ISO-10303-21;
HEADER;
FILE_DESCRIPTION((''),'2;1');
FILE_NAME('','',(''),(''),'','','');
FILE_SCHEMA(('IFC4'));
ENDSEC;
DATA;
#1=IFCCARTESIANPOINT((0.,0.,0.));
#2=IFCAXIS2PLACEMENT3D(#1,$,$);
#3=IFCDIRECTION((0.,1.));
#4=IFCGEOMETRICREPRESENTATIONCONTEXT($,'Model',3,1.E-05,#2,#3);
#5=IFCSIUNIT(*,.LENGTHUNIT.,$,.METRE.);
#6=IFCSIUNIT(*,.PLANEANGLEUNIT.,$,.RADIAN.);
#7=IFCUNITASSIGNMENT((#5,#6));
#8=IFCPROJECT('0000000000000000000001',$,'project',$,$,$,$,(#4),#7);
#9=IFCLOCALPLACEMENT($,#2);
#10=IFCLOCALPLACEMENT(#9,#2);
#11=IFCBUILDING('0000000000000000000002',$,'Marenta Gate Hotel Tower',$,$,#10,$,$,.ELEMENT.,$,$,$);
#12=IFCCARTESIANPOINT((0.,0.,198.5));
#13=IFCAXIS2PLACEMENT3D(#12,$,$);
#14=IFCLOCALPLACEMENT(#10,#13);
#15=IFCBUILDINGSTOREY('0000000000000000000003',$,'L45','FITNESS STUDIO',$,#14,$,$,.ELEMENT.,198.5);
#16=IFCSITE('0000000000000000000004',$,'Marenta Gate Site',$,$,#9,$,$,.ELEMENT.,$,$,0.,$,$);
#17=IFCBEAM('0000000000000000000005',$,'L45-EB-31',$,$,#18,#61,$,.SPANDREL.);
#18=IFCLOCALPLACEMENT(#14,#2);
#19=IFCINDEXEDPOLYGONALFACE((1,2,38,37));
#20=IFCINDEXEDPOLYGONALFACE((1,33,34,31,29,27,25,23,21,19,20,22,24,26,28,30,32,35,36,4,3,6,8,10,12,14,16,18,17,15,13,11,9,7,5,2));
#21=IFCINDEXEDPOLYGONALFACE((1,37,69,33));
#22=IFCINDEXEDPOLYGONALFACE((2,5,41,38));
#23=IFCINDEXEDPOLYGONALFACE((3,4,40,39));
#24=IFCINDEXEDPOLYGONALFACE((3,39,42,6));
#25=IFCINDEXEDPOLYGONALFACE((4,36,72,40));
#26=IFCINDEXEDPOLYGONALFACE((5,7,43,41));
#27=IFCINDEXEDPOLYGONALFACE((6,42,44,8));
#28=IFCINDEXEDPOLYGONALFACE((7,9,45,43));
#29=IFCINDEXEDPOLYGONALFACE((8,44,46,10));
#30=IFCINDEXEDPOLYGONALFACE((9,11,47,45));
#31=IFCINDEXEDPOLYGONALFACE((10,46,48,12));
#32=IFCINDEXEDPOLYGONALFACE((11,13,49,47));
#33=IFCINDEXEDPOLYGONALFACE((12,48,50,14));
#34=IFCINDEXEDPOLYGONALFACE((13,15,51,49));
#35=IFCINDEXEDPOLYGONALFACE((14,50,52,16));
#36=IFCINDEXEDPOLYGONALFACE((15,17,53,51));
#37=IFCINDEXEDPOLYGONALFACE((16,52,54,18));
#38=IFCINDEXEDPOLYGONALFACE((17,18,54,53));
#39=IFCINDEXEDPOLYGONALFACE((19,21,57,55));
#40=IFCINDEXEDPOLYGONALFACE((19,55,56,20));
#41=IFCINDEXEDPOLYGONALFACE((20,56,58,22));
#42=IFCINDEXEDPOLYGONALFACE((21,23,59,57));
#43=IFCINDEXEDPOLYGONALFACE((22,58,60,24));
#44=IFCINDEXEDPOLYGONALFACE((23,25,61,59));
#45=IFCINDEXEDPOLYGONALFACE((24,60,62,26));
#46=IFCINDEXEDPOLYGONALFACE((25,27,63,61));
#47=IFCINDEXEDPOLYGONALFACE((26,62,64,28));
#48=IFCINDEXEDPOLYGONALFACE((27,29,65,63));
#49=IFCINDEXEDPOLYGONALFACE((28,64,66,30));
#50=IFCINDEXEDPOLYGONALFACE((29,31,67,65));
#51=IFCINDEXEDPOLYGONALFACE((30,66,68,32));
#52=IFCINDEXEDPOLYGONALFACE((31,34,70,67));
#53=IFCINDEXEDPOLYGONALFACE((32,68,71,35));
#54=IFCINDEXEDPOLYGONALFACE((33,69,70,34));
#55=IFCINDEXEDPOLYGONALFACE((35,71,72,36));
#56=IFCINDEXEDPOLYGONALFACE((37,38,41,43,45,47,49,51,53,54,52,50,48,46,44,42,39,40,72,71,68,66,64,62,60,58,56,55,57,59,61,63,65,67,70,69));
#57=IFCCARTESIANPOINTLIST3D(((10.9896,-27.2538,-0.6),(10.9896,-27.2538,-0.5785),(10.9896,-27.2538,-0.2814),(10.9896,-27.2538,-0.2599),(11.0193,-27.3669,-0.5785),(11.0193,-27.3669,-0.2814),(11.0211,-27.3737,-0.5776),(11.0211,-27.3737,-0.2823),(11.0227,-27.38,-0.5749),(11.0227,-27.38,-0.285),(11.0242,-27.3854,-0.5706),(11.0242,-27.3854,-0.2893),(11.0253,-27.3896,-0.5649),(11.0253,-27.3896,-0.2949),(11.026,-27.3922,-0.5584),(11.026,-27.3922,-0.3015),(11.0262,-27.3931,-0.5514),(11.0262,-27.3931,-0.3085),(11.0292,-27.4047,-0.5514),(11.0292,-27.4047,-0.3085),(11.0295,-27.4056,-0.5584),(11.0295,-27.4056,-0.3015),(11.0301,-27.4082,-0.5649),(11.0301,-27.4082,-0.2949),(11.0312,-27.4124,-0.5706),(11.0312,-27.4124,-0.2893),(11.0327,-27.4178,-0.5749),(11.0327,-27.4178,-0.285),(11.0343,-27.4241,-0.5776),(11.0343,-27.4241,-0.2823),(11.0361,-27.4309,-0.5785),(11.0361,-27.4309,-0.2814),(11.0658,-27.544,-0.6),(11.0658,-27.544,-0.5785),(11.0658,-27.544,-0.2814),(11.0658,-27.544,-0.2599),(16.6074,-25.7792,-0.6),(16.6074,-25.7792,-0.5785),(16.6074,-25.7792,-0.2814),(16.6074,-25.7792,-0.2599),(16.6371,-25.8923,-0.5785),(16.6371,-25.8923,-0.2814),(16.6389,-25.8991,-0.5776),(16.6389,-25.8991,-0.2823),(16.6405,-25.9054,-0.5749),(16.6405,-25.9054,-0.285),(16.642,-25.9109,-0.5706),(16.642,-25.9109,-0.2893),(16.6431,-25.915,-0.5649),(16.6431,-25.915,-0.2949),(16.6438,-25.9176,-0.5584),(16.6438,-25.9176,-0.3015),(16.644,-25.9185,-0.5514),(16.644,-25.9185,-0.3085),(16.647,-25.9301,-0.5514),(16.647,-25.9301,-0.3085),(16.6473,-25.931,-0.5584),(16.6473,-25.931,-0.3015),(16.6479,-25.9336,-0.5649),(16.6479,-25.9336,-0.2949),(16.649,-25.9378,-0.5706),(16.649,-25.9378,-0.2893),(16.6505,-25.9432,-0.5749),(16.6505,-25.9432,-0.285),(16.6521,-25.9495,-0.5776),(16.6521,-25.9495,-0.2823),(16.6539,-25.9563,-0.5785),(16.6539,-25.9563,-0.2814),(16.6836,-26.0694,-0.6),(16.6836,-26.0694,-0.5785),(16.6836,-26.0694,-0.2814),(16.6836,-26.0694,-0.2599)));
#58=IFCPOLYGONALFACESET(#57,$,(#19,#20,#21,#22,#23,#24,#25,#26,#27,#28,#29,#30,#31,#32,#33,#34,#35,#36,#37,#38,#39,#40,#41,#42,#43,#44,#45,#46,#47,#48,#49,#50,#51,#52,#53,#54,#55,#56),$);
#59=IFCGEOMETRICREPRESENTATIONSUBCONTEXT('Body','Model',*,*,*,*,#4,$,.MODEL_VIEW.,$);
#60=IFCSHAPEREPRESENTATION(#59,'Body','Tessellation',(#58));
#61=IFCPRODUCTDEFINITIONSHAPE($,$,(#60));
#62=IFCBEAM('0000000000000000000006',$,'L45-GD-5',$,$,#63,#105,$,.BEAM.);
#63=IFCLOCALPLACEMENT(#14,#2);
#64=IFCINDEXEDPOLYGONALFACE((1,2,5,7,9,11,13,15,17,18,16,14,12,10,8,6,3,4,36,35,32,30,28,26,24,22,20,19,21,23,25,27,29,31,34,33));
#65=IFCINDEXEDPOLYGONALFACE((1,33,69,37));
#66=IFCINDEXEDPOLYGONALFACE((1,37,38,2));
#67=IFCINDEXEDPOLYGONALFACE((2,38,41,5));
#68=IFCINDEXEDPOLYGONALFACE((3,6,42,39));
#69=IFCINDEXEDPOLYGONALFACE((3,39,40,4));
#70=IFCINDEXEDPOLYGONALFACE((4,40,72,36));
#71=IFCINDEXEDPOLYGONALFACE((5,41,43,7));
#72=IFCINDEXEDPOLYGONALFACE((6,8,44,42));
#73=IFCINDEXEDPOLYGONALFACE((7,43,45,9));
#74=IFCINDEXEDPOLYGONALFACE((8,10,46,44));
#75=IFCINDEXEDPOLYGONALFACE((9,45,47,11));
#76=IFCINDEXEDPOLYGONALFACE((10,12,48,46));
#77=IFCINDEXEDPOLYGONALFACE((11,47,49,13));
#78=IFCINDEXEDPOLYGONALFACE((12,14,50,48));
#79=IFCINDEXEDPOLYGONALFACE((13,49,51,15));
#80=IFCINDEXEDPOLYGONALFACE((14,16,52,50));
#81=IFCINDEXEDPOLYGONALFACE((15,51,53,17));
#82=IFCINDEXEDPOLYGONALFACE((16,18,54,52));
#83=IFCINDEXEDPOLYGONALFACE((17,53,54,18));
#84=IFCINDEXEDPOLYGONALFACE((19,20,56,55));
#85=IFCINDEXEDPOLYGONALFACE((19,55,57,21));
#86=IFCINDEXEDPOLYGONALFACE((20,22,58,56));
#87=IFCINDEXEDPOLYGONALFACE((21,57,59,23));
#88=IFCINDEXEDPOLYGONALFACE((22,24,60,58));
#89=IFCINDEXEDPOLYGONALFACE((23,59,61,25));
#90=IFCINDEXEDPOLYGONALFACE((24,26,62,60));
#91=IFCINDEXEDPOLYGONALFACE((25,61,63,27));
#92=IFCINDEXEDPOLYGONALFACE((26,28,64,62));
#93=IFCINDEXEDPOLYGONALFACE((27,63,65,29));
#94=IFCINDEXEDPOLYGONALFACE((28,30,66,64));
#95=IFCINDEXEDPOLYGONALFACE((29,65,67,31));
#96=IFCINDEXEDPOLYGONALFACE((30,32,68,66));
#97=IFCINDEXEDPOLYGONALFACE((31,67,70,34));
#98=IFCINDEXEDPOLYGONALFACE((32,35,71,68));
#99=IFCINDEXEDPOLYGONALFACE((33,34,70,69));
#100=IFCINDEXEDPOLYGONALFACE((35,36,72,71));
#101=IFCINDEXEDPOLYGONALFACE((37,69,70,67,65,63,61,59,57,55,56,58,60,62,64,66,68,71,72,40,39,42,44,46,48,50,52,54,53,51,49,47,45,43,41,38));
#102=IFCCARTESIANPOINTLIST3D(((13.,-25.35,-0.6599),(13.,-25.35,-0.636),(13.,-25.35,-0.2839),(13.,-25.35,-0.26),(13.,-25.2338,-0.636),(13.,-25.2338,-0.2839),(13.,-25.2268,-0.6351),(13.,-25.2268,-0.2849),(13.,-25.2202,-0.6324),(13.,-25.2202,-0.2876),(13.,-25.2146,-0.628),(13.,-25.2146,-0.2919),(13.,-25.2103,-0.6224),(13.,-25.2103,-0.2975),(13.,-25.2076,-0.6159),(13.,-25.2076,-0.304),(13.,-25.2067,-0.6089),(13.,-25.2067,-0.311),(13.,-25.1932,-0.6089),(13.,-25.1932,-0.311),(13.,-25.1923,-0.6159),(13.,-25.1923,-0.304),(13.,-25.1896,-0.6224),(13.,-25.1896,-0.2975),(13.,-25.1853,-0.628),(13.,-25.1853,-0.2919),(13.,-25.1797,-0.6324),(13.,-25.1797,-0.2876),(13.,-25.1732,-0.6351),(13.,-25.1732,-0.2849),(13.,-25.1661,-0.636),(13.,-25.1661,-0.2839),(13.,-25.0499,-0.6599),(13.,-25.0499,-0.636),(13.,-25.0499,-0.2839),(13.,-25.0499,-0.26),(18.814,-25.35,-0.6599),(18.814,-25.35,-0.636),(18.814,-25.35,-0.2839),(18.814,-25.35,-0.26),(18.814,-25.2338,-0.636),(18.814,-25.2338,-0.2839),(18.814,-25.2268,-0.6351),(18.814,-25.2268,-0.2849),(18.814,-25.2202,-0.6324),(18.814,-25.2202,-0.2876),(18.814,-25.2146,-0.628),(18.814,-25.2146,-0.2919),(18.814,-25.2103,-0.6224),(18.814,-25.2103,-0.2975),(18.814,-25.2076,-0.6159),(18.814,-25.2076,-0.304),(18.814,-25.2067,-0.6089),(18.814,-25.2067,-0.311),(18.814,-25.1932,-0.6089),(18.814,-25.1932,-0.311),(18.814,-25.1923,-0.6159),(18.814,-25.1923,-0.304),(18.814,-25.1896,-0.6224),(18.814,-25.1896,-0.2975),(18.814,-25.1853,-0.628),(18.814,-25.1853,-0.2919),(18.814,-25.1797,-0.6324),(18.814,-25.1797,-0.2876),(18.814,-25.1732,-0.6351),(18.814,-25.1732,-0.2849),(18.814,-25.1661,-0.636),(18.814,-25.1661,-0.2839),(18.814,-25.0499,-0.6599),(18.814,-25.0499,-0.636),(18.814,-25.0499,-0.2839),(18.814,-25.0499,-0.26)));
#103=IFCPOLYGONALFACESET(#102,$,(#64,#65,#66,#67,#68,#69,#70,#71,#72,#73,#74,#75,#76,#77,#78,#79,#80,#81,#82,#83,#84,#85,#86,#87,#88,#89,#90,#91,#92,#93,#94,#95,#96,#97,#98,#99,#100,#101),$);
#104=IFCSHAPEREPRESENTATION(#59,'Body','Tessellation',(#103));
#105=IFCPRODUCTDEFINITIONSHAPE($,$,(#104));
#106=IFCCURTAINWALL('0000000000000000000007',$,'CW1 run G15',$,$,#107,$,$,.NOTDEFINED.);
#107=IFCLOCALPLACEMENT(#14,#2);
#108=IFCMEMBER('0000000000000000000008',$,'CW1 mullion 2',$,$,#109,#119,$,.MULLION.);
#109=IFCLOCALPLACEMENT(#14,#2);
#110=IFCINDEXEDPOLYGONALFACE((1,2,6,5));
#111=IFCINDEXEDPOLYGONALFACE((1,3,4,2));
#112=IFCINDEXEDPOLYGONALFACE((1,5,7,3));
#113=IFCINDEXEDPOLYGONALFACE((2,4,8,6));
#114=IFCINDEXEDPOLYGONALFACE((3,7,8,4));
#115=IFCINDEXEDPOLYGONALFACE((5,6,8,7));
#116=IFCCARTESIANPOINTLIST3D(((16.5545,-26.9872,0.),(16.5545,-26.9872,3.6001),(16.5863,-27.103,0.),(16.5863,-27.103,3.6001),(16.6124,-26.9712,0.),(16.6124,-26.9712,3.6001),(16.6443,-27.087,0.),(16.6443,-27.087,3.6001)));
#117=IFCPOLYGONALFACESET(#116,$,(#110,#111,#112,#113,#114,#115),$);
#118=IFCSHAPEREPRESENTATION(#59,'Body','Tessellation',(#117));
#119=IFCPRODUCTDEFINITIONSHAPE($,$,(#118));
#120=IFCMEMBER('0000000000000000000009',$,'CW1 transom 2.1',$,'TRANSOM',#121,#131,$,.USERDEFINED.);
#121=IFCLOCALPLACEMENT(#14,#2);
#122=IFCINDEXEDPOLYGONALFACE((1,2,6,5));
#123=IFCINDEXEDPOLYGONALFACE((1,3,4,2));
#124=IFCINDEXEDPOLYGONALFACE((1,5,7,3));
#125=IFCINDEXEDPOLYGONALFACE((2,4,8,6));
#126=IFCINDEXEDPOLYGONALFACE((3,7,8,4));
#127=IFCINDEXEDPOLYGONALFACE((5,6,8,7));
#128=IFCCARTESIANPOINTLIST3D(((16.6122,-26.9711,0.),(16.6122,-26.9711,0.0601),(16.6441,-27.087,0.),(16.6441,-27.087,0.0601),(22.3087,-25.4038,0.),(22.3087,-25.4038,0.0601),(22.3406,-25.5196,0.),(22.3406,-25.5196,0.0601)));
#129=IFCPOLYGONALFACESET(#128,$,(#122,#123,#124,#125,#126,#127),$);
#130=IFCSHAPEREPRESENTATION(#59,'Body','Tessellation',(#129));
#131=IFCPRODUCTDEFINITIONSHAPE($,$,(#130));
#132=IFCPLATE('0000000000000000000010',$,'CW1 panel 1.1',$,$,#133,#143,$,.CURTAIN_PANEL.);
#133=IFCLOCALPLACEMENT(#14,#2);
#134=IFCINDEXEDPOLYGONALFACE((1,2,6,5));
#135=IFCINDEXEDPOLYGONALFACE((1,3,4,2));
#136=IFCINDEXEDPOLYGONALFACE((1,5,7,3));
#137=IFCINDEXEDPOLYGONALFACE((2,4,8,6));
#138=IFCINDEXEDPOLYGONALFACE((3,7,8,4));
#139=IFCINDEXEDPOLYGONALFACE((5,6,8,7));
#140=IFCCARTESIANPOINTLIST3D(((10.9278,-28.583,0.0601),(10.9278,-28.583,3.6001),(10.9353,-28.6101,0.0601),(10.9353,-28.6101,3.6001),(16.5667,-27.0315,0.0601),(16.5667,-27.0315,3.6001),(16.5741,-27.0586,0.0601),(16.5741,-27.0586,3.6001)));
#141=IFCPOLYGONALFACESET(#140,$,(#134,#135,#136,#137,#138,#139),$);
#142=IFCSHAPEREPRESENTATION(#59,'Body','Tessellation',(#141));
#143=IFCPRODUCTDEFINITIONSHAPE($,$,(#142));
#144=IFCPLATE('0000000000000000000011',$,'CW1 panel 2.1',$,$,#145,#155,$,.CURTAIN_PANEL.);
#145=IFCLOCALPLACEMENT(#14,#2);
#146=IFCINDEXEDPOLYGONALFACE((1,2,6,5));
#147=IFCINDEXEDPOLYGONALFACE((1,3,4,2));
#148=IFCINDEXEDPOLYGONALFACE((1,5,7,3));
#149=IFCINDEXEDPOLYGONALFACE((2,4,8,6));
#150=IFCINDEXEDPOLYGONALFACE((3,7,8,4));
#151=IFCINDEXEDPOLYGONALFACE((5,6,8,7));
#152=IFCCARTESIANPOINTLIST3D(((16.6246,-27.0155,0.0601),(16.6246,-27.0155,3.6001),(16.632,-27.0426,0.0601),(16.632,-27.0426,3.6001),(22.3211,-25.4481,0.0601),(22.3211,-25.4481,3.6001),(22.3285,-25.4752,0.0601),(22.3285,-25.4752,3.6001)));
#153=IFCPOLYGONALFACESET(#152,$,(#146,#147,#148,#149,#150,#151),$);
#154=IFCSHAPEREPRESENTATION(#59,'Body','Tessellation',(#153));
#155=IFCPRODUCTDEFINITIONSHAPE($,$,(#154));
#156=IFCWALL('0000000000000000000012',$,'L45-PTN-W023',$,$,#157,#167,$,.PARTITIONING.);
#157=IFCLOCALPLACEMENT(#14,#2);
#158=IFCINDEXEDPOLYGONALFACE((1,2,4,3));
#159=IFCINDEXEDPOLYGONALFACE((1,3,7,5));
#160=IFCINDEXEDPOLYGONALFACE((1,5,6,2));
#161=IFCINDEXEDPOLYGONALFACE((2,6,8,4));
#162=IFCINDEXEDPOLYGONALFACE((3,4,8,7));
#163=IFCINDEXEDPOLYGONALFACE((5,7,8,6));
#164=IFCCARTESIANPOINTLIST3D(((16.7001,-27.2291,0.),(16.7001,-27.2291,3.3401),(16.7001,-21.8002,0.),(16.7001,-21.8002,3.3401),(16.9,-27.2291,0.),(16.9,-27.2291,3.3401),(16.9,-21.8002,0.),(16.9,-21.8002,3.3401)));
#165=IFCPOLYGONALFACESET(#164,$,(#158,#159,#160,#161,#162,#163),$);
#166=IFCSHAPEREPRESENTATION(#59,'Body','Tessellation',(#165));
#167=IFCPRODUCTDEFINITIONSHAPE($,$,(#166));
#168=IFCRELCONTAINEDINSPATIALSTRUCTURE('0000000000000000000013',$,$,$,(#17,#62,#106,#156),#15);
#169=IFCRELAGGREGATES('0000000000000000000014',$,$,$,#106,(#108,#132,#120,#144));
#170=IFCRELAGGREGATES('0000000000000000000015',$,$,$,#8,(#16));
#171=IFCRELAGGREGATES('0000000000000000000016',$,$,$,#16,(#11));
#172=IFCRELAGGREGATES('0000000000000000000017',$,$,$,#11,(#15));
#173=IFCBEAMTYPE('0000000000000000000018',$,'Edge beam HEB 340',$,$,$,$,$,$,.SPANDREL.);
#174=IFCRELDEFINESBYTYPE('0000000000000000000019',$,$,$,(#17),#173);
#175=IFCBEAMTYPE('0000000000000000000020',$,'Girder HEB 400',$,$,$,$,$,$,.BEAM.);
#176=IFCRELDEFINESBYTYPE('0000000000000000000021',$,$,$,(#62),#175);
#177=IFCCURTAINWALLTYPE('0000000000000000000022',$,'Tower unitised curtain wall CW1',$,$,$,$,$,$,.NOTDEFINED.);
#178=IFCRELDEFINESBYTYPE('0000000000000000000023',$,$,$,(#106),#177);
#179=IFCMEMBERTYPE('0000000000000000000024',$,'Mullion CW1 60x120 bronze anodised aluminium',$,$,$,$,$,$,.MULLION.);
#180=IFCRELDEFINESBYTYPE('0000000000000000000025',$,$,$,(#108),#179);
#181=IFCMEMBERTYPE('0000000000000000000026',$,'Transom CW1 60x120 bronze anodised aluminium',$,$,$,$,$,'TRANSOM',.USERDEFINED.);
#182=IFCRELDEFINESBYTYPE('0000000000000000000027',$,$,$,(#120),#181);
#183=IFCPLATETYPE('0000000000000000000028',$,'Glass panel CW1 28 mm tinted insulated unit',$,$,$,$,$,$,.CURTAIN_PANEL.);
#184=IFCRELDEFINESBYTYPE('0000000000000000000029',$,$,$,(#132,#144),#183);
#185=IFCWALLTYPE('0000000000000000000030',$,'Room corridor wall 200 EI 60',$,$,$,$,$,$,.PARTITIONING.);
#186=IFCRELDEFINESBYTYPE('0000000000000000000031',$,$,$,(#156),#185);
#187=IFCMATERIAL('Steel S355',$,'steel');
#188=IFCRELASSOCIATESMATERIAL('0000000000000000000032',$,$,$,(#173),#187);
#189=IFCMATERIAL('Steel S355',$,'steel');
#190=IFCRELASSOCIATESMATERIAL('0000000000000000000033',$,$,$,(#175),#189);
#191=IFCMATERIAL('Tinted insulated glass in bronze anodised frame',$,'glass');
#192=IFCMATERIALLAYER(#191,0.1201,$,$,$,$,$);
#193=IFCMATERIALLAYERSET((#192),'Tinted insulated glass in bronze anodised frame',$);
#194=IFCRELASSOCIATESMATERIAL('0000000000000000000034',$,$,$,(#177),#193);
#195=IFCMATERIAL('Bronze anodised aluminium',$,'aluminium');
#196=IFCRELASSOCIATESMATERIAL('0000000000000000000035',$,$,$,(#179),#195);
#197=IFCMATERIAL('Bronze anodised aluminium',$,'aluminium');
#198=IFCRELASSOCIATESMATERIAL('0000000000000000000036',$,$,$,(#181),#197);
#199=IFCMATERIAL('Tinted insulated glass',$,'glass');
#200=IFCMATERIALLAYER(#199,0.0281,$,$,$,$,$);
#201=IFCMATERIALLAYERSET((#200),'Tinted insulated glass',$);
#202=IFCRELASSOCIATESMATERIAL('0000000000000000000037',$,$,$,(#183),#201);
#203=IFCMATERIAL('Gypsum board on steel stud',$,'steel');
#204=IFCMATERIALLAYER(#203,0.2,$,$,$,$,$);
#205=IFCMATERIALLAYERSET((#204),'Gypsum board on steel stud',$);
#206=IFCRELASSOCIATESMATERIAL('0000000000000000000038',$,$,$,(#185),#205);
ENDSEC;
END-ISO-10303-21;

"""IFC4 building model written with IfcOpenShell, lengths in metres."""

from ifc_helpers import new_model, si_unit, direction, frame, frame_2d, origin, origin_2d, place, context, subcontext, project, spatial, rectangle, i_section, extrude, material, layer, layer_set, material_profile, profile_set, type_object, element, aggregate, save


model = new_model("IFC4")

# Units and contexts
model_context = context("Model", 3, precision=1e-05, world=origin(), true_north=direction((0.0, 1.0)))
body_context = subcontext(model_context, "Body", "Model", "MODEL_VIEW")
ifc_project = project(units=[si_unit("LENGTHUNIT", "METRE"), si_unit("PLANEANGLEUNIT", "RADIAN")], contexts=[model_context])

# Site, building, storey
site_placement = place(None, origin())
site = spatial("IfcSite", under=ifc_project, at=site_placement, Name="Marenta Gate Site", CompositionType="ELEMENT", RefElevation=0.0)
building_placement = place(site_placement, origin())
building = spatial("IfcBuilding", under=site, at=building_placement, Name="Marenta Gate Hotel Tower", CompositionType="ELEMENT")
storey_placement = place(building_placement, frame((0.0, 0.0, 198.5)))
storey = spatial("IfcBuildingStorey", under=building, at=storey_placement, Name="L45", Description="FITNESS STUDIO", CompositionType="ELEMENT", Elevation=198.5)

# Beams
ifc_material_1 = material(Name="Steel S355", Category="steel")
ifc_material_profile_1 = material_profile(ifc_material_1, i_section(OverallWidth=0.3, OverallDepth=0.3401, WebThickness=0.012, FlangeThickness=0.0215, FilletRadius=0.0271, at=origin_2d()), Name="HEB 340")
ifc_profile_set_1 = profile_set([ifc_material_profile_1], Name="Steel S355")
beam_type_1 = type_object("IfcBeamType", Name="Edge beam HEB 340", PredefinedType="SPANDREL", material=ifc_profile_set_1)
beam_1_placement = place(storey_placement, frame((16.6455, -25.9243, -0.4299), z_axis=(-0.967235, -0.253883, 0.0), x_axis=(0.253883, -0.967235, 0.0)))
element("IfcBeam", 1, at=beam_1_placement, inside=storey, type_object=beam_type_1, Name="L45-EB-31", PredefinedType="SPANDREL", context=body_context, shape_type="SweptSolid", body=[
    extrude(i_section(OverallWidth=0.3, OverallDepth=0.3401, WebThickness=0.012, FlangeThickness=0.0215, FilletRadius=0.0271, at=origin_2d()), origin(), (0.0, 0.0, 1.0), 5.8081),
])
ifc_material_2 = material(Name="Steel S355", Category="steel")
ifc_material_profile_2 = material_profile(ifc_material_2, i_section(OverallWidth=0.3, OverallDepth=0.3999, WebThickness=0.0134, FlangeThickness=0.0239, FilletRadius=0.0271, at=origin_2d()), Name="HEB 400")
ifc_profile_set_2 = profile_set([ifc_material_profile_2], Name="Steel S355")
beam_type_2 = type_object("IfcBeamType", Name="Girder HEB 400", PredefinedType="BEAM", material=ifc_profile_set_2)
beam_2_placement = place(storey_placement, frame((13.0, -25.2, -0.46), z_axis=(1.0, 0.0, 0.0), x_axis=(0.0, 1.0, 0.0)))
element("IfcBeam", 2, at=beam_2_placement, inside=storey, type_object=beam_type_2, Name="L45-GD-5", PredefinedType="BEAM", context=body_context, shape_type="SweptSolid", body=[
    extrude(i_section(OverallWidth=0.3, OverallDepth=0.3999, WebThickness=0.0134, FlangeThickness=0.0239, FilletRadius=0.0271, at=origin_2d()), origin(), (0.0, 0.0, 1.0), 5.814),
])

# Curtain wall, members, plates
ifc_material_3 = material(Name="Tinted insulated glass in bronze anodised frame", Category="glass")
ifc_layer_1 = layer(ifc_material_3, 0.1201)
ifc_layer_set_1 = layer_set([ifc_layer_1], Name="Tinted insulated glass in bronze anodised frame")
curtain_wall_type = type_object("IfcCurtainWallType", Name="Tower unitised curtain wall CW1", PredefinedType="NOTDEFINED", material=ifc_layer_set_1)
curtain_wall_placement = place(storey_placement, origin())
curtain_wall = element("IfcCurtainWall", 3, at=curtain_wall_placement, inside=storey, type_object=curtain_wall_type, Name="CW1 run G15", PredefinedType="NOTDEFINED")
ifc_material_4 = material(Name="Bronze anodised aluminium", Category="aluminium")
ifc_material_profile_3 = material_profile(ifc_material_4, rectangle(XDim=0.1201, YDim=0.0601, at=origin_2d()), Name="Mullion CW1 60x120 bronze anodised aluminium")
ifc_profile_set_3 = profile_set([ifc_material_profile_3], Name="Bronze anodised aluminium")
member_type_1 = type_object("IfcMemberType", Name="Mullion CW1 60x120 bronze anodised aluminium", PredefinedType="MULLION", material=ifc_profile_set_3)
member_1_placement = place(storey_placement, frame((16.5994, -27.0371, 0.0), z_axis=(0.0, 0.0, 1.0), x_axis=(-0.265293, 0.964168, 0.0)))
member_1 = element("IfcMember", 4, at=member_1_placement, type_object=member_type_1, Name="CW1 mullion 2", PredefinedType="MULLION", context=body_context, shape_type="SweptSolid", body=[
    extrude(rectangle(XDim=0.1201, YDim=0.0601, at=origin_2d()), origin(), (0.0, 0.0, 1.0), 3.6001),
])
ifc_material_5 = material(Name="Bronze anodised aluminium", Category="aluminium")
ifc_material_profile_4 = material_profile(ifc_material_5, rectangle(XDim=0.1201, YDim=0.0601, at=origin_2d()), Name="Transom CW1 60x120 bronze anodised aluminium")
ifc_profile_set_4 = profile_set([ifc_material_profile_4], Name="Bronze anodised aluminium")
member_type_2 = type_object("IfcMemberType", Name="Transom CW1 60x120 bronze anodised aluminium", ElementType="TRANSOM", PredefinedType="USERDEFINED", material=ifc_profile_set_4)
member_2_placement = place(storey_placement, frame((16.6282, -27.0291, 0.03), z_axis=(0.964169, 0.265288, 0.0), x_axis=(-0.265288, 0.964169, 0.0)))
member_2 = element("IfcMember", 5, at=member_2_placement, type_object=member_type_2, Name="CW1 transom 2.1", ObjectType="TRANSOM", PredefinedType="USERDEFINED", context=body_context, shape_type="SweptSolid", body=[
    extrude(rectangle(XDim=0.1201, YDim=0.0601, at=origin_2d()), origin(), (0.0, 0.0, 1.0), 5.9082),
])
ifc_material_6 = material(Name="Tinted insulated glass", Category="glass")
ifc_layer_2 = layer(ifc_material_6, 0.0281)
ifc_layer_set_2 = layer_set([ifc_layer_2], Name="Tinted insulated glass")
plate_type = type_object("IfcPlateType", Name="Glass panel CW1 28 mm tinted insulated unit", PredefinedType="CURTAIN_PANEL", material=ifc_layer_set_2)
plate_1_placement = place(storey_placement, frame((13.751, -27.8208, 0.0601), z_axis=(0.0, 0.0, 1.0), x_axis=(0.964168, 0.265293, 0.0)))
plate_1 = element("IfcPlate", 6, at=plate_1_placement, type_object=plate_type, Name="CW1 panel 1.1", PredefinedType="CURTAIN_PANEL", context=body_context, shape_type="SweptSolid", body=[
    extrude(rectangle(XDim=5.8484, YDim=0.0281, at=origin_2d()), origin(), (0.0, 0.0, 1.0), 3.54),
])
plate_2_placement = place(storey_placement, frame((19.4766, -26.2454, 0.0601), z_axis=(0.0, 0.0, 1.0), x_axis=(0.964168, 0.265293, 0.0)))
plate_2 = element("IfcPlate", 7, at=plate_2_placement, type_object=plate_type, Name="CW1 panel 2.1", PredefinedType="CURTAIN_PANEL", context=body_context, shape_type="SweptSolid", body=[
    extrude(rectangle(XDim=5.9082, YDim=0.0281, at=origin_2d()), origin(), (0.0, 0.0, 1.0), 3.54),
])
aggregate(curtain_wall, [member_1, plate_1, member_2, plate_2])

# Shared definitions
ifc_material_7 = material(Name="Gypsum board on steel stud", Category="steel")
ifc_layer_3 = layer(ifc_material_7, 0.2)
ifc_layer_set_3 = layer_set([ifc_layer_3], Name="Gypsum board on steel stud")
wall_type_1 = type_object("IfcWallType", Name="Room corridor wall 200 EI 60", PredefinedType="PARTITIONING", material=ifc_layer_set_3)

# Wall
wall_1_placement = place(storey_placement, frame((16.8, -27.229, 0.0), z_axis=(0.0, 0.0, 1.0), x_axis=(0.0, 1.0, 0.0)))
element("IfcWall", 8, at=wall_1_placement, inside=storey, type_object=wall_type_1, Name="L45-PTN-W023", PredefinedType="PARTITIONING", context=body_context, shape_type="SweptSolid", body=[
    extrude(rectangle(XDim=5.429, YDim=0.2, at=frame_2d((2.7144, 0.0))), origin(), (0.0, 0.0, 1.0), 3.3401),
])

save(model, "model.ifc")
